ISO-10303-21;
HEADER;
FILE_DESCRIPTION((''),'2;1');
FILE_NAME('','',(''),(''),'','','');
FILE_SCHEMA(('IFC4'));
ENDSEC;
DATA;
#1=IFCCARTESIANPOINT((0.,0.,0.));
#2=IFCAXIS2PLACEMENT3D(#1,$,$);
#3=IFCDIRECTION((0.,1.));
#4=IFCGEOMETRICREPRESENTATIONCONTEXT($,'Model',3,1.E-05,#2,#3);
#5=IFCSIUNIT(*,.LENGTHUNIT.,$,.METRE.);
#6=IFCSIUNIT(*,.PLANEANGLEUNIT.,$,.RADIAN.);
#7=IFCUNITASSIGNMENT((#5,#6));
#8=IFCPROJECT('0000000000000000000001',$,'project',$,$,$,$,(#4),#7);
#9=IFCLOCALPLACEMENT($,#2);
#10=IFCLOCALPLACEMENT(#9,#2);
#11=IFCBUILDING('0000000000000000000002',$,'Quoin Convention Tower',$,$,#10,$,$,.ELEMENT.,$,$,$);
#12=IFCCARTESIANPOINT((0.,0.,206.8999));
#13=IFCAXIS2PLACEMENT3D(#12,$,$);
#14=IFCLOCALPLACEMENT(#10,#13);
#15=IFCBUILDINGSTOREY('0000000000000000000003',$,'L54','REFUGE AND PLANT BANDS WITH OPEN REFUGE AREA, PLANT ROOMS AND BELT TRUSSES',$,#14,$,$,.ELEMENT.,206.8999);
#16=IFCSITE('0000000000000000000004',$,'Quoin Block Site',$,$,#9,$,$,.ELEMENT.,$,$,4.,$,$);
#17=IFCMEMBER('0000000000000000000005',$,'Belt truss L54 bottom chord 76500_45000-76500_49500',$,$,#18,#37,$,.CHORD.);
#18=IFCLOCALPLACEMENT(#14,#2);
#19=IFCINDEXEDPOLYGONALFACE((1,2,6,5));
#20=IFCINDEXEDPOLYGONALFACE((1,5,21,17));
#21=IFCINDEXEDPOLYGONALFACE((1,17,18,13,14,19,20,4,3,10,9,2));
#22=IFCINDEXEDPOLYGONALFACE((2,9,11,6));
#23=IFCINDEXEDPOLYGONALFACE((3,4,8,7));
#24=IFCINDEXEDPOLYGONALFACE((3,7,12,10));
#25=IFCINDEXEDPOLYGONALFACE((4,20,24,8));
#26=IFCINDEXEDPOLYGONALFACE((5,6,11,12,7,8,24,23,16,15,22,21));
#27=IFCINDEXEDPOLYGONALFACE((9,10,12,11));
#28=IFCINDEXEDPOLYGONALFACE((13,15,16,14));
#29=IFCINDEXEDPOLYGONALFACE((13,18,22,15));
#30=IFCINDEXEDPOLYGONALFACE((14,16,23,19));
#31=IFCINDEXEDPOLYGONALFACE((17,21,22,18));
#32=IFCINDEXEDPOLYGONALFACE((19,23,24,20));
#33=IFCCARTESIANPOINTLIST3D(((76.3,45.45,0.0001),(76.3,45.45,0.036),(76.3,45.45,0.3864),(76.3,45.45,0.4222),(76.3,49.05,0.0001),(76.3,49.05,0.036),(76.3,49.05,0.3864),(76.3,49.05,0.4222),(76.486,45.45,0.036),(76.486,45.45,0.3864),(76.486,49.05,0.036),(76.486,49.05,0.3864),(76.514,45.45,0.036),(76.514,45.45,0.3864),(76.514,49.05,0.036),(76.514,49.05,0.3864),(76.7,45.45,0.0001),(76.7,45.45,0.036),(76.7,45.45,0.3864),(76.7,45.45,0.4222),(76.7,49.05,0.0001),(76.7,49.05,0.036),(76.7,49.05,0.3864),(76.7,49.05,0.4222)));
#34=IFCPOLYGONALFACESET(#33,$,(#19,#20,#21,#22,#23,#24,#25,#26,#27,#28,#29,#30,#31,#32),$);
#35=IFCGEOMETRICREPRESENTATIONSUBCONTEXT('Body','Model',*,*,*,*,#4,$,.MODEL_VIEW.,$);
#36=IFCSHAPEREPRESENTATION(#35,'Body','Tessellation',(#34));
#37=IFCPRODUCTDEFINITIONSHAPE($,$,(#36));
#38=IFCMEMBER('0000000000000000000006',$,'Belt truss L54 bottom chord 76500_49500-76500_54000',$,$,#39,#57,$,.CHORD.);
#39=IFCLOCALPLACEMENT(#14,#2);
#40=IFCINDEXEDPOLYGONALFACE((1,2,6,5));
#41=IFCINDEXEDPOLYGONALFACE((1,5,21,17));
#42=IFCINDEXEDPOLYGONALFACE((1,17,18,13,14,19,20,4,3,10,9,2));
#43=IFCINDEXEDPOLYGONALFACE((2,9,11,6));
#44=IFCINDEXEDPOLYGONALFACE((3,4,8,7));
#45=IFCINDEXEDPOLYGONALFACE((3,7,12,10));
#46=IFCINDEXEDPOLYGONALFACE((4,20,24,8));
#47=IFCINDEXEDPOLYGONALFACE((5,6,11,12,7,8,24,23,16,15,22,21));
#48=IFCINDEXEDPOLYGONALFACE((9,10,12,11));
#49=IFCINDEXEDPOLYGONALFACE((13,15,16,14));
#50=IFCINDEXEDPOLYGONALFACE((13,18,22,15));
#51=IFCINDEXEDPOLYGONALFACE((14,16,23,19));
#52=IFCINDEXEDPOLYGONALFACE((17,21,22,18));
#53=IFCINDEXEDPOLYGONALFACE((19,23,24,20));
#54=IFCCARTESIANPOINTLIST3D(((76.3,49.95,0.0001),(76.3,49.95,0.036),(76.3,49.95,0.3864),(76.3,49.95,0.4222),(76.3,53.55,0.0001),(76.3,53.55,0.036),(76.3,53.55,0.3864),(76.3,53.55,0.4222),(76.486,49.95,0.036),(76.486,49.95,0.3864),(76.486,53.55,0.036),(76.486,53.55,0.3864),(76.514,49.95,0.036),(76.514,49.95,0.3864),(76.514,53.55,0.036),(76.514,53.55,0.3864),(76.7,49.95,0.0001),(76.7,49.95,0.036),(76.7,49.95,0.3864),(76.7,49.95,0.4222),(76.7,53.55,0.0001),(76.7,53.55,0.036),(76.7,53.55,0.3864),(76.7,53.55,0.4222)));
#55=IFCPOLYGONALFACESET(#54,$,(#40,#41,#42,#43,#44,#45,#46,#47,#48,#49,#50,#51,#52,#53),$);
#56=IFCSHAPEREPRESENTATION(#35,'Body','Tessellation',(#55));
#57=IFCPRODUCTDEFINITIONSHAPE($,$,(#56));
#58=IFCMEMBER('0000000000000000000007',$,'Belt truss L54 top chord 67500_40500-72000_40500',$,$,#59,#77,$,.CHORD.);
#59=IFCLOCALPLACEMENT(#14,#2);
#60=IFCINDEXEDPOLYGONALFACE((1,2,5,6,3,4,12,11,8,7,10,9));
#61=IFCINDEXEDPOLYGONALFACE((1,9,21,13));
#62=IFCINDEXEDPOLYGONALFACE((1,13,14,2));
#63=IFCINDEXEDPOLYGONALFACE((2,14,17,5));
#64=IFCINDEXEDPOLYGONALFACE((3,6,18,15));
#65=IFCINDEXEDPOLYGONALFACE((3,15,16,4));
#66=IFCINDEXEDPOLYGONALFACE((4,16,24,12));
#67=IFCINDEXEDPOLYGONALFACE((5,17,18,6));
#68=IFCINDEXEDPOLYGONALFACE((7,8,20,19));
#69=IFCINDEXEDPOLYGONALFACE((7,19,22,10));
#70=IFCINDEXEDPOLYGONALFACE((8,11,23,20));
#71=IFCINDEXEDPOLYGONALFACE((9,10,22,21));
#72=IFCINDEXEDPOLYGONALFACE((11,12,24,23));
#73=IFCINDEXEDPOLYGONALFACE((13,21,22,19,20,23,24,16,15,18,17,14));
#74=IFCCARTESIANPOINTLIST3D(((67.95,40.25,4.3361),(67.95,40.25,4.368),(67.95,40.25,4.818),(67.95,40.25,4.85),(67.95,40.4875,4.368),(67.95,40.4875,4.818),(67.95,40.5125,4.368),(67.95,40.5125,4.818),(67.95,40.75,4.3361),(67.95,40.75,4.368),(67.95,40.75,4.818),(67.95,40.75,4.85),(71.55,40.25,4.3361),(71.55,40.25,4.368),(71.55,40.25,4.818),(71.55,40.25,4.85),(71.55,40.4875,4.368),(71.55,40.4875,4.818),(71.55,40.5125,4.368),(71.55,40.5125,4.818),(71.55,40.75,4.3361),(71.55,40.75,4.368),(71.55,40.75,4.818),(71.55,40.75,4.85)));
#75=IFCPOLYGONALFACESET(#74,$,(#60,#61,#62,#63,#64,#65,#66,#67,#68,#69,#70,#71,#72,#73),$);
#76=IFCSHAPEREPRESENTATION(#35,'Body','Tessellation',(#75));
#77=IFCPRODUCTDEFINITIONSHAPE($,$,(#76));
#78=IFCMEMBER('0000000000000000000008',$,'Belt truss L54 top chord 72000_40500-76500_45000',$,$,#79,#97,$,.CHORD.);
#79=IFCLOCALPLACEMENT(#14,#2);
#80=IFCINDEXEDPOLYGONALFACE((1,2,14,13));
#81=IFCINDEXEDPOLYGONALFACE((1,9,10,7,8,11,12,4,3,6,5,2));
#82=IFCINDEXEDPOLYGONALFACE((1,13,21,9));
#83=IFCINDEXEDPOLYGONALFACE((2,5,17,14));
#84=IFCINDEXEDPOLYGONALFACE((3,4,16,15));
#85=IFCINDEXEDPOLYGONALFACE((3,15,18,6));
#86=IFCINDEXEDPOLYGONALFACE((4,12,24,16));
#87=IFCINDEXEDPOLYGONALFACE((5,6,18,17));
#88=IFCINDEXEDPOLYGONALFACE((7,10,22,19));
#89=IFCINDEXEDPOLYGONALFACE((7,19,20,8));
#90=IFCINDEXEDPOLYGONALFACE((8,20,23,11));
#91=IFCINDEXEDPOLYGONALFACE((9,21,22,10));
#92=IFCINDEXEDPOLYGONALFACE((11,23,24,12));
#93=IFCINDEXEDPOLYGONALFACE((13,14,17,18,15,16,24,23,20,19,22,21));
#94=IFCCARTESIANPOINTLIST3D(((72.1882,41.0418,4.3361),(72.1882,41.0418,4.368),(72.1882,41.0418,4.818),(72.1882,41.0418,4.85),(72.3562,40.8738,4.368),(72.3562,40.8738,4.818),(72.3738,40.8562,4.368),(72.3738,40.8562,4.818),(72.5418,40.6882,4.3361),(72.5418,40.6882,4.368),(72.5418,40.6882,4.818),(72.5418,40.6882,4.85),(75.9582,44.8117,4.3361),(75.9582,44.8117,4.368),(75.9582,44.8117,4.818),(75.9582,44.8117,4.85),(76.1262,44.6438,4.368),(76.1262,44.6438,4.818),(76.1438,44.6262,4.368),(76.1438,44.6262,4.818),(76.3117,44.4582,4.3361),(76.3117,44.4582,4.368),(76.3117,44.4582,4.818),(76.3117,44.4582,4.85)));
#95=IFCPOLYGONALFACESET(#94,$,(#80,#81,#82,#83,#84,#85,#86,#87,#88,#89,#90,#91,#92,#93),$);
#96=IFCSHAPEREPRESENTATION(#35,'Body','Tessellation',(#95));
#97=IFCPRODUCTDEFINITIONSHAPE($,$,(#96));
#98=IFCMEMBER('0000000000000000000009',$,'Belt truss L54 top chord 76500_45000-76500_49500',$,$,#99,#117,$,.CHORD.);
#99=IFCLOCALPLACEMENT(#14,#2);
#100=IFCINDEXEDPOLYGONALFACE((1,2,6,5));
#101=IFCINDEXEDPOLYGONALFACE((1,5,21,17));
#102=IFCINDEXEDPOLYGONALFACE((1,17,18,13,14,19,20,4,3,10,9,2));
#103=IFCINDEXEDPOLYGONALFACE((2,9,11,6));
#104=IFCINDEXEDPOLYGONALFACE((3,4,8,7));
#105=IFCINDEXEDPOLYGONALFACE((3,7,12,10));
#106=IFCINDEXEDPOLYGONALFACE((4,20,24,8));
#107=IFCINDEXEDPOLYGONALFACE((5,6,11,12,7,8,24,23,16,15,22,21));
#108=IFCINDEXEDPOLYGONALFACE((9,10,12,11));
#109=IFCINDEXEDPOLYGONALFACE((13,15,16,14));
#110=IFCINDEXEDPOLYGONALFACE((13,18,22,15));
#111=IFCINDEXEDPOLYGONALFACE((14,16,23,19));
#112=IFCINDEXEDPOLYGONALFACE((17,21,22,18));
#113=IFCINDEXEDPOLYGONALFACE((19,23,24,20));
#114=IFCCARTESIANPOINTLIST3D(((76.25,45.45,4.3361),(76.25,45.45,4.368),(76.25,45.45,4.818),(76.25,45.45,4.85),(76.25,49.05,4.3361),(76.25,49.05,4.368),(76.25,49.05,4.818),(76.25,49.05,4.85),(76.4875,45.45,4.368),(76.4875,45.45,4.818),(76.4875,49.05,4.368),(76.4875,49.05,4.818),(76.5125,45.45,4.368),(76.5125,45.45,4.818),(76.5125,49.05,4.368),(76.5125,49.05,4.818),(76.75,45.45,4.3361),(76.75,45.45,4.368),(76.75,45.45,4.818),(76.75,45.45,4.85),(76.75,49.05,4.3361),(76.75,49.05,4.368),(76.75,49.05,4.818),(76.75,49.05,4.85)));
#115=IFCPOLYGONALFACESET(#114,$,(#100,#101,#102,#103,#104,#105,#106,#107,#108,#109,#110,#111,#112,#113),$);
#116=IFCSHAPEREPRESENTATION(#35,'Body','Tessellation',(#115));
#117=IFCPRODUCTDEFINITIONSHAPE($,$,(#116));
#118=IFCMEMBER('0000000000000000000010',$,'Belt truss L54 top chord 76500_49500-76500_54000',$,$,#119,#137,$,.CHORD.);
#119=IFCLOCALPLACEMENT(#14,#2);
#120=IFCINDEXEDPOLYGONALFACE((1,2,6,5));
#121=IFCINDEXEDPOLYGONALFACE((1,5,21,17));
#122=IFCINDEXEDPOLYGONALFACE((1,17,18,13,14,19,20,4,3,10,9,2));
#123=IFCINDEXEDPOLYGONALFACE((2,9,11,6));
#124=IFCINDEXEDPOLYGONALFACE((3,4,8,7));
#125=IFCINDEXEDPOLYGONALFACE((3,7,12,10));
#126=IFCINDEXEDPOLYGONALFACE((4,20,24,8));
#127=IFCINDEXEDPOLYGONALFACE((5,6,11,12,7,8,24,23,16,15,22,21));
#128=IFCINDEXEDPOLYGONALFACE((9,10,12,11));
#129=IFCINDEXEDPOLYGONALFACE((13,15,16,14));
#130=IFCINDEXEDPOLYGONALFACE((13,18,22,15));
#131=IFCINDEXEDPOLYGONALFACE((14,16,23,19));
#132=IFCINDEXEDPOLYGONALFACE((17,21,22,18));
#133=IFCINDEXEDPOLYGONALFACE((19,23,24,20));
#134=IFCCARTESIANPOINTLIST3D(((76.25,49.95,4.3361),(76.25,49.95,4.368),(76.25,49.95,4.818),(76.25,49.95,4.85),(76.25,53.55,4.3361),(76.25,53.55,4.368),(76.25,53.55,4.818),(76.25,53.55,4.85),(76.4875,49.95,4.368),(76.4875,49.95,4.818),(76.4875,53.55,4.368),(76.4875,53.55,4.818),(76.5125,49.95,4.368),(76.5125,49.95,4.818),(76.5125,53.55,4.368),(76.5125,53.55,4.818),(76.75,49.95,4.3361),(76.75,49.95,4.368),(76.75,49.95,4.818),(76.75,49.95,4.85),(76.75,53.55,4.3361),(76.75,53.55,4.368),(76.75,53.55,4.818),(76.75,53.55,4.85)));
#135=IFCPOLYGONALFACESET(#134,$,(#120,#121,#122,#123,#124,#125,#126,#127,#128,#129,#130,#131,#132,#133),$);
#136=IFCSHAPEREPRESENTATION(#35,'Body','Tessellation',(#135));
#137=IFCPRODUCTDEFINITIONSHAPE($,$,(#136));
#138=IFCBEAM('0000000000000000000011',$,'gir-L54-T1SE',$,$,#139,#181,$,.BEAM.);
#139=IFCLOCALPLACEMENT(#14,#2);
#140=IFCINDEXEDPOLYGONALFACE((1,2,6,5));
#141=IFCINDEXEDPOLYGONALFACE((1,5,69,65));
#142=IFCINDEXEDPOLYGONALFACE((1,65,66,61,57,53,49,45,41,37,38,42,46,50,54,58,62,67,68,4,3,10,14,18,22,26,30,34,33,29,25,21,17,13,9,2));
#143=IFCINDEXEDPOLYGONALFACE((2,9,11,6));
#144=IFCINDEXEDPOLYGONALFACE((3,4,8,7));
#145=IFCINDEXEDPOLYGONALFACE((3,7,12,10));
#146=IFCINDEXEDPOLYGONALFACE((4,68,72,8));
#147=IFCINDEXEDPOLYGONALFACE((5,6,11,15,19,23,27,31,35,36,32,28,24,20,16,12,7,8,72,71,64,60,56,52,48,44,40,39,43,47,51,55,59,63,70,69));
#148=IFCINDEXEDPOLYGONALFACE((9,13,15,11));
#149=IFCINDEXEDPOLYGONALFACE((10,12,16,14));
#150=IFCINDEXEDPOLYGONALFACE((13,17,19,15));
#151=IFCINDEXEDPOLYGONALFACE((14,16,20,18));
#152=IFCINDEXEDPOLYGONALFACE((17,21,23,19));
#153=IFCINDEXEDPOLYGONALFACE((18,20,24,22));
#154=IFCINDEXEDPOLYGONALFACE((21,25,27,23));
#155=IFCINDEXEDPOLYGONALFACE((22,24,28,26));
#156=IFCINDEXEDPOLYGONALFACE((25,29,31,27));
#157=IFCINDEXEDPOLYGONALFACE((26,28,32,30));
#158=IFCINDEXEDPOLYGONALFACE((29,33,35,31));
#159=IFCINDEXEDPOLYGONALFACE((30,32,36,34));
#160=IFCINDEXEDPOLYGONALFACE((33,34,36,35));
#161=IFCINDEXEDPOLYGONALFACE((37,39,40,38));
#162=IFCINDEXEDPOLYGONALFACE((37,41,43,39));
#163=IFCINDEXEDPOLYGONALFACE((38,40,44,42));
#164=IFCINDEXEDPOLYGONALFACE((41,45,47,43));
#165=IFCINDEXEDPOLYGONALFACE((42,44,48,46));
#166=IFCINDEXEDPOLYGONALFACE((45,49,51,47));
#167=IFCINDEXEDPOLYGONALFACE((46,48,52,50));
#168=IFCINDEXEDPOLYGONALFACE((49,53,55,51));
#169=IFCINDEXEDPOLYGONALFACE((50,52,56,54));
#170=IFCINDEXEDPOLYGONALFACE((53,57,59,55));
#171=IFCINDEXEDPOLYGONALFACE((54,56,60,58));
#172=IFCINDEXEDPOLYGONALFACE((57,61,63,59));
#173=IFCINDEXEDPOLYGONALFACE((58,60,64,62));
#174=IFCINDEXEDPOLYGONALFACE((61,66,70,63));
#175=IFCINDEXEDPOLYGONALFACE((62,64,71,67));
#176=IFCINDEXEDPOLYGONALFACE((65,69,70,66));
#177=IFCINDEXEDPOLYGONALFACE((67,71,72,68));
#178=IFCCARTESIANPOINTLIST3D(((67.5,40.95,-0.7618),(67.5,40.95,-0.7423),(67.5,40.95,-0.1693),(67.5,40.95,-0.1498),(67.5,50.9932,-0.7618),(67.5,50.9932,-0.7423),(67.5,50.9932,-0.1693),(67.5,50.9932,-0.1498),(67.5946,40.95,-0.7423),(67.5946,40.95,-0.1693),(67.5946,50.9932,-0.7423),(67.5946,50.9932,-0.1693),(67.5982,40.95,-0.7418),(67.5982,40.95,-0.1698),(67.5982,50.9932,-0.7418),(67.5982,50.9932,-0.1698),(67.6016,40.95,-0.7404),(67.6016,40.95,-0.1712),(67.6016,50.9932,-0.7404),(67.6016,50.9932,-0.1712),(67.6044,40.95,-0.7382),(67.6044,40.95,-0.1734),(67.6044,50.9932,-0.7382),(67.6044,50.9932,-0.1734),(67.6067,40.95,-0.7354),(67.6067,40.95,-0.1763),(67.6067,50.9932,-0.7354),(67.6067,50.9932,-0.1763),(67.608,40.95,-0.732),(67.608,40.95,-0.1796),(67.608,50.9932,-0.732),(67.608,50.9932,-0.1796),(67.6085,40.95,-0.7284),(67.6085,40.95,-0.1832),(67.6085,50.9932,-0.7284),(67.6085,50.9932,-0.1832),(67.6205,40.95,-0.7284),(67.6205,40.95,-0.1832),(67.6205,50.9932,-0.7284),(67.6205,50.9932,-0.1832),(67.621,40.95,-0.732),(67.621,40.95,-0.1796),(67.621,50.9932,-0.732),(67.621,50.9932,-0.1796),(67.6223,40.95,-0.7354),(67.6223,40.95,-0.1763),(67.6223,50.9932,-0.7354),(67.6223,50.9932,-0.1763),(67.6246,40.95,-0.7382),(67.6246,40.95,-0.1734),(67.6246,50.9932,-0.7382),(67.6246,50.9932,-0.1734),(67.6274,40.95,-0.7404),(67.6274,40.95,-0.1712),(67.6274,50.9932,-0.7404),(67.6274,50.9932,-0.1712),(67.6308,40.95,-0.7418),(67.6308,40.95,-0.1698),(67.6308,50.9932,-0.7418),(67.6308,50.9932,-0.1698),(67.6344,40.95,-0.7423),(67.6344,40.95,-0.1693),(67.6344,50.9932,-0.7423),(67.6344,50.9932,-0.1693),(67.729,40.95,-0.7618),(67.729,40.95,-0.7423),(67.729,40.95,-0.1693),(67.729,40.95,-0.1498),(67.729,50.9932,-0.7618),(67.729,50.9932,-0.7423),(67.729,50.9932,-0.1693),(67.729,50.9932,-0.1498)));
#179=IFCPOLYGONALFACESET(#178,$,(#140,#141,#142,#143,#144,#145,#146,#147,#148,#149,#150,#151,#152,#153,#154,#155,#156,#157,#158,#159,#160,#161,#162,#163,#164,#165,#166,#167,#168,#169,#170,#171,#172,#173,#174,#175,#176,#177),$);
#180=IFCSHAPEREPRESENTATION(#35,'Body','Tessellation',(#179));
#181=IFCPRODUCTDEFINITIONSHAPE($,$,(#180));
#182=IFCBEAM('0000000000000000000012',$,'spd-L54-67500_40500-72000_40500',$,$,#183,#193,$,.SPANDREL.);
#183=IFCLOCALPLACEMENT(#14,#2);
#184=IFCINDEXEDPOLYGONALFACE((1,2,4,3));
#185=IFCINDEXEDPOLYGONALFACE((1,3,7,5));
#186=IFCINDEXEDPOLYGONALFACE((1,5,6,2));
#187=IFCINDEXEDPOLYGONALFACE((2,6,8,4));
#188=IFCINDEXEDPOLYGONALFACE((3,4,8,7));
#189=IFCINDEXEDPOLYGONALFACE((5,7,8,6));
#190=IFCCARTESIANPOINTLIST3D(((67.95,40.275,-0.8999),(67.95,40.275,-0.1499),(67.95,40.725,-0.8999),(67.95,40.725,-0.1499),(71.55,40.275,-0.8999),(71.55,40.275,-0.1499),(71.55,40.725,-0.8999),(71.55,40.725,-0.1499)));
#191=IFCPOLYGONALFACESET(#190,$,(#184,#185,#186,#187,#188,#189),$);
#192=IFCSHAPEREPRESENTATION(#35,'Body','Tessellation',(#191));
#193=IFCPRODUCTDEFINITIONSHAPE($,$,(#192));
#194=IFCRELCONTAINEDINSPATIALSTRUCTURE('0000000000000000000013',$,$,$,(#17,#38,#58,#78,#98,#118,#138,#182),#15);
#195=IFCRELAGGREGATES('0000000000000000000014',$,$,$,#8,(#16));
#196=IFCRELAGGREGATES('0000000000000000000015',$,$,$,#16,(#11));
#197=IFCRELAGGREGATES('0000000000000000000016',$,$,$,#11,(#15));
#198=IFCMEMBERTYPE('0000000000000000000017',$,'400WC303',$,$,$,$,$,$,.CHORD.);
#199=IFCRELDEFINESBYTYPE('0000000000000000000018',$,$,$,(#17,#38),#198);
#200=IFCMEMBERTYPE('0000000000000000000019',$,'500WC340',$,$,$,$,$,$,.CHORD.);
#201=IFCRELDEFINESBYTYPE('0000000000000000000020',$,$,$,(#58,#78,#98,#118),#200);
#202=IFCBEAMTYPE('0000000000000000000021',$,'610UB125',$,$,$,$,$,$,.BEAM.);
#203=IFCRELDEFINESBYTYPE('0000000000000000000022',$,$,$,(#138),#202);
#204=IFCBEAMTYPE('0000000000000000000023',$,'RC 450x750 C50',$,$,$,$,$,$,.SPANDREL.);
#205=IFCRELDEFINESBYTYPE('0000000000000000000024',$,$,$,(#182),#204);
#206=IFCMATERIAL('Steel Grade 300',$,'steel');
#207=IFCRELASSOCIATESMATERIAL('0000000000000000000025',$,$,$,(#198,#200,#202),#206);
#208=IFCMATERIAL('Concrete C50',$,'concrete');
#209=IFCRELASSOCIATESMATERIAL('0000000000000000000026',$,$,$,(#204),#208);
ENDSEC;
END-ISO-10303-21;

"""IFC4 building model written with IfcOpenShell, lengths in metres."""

from ifc_helpers import new_model, si_unit, direction, frame, origin, origin_2d, place, context, subcontext, project, spatial, rectangle, i_section, extrude, material, material_profile, profile_set, type_object, element, save


model = new_model("IFC4")

# Units and contexts
model_context = context("Model", 3, precision=1e-05, world=origin(), true_north=direction((0.0, 1.0)))
body_context = subcontext(model_context, "Body", "Model", "MODEL_VIEW")
ifc_project = project(units=[si_unit("LENGTHUNIT", "METRE"), si_unit("PLANEANGLEUNIT", "RADIAN")], contexts=[model_context])

# Site, building, storey
site_placement = place(None, origin())
site = spatial("IfcSite", under=ifc_project, at=site_placement, Name="Quoin Block Site", CompositionType="ELEMENT", RefElevation=4.0)
building_placement = place(site_placement, origin())
building = spatial("IfcBuilding", under=site, at=building_placement, Name="Quoin Convention Tower", CompositionType="ELEMENT")
storey_placement = place(building_placement, frame((0.0, 0.0, 206.8999)))
storey = spatial("IfcBuildingStorey", under=building, at=storey_placement, Name="L54", Description="REFUGE AND PLANT BANDS WITH OPEN REFUGE AREA, PLANT ROOMS AND BELT TRUSSES", CompositionType="ELEMENT", Elevation=206.8999)

# Shared definitions
ifc_material_1 = material(Name="Concrete C50", Category="concrete")

# Members
ifc_material_2 = material(Name="Steel Grade 300", Category="steel")
ifc_material_profile_1 = material_profile(ifc_material_2, i_section(OverallWidth=0.3999, OverallDepth=0.4221, WebThickness=0.0281, FlangeThickness=0.0359, at=origin_2d()), Name="400WC303")
ifc_profile_set_1 = profile_set([ifc_material_profile_1], Name="Steel Grade 300")
member_type_1 = type_object("IfcMemberType", Name="400WC303", PredefinedType="CHORD", material=ifc_profile_set_1)
for number, where, z_axis, x_axis, name in (
    (1, (76.5, 45.45, 0.2112), (0.0, 1.0, 0.0), (-1.0, 0.0, 0.0), "Belt truss L54 bottom chord 76500_45000-76500_49500"),
    (2, (76.5, 49.95, 0.2112), (0.0, 1.0, 0.0), (-1.0, 0.0, 0.0), "Belt truss L54 bottom chord 76500_49500-76500_54000"),
):
    element("IfcMember", number, at=place(storey_placement, frame(where, z_axis=z_axis, x_axis=x_axis)), inside=storey, type_object=member_type_1, Name=name, PredefinedType="CHORD", context=body_context, shape_type="SweptSolid", body=[
        extrude(i_section(OverallWidth=0.3999, OverallDepth=0.4221, WebThickness=0.0281, FlangeThickness=0.0359, at=origin_2d()), origin(), (0.0, 0.0, 1.0), 3.6001),
    ])
ifc_material_profile_2 = material_profile(ifc_material_2, i_section(OverallWidth=0.5, OverallDepth=0.5139, WebThickness=0.0249, FlangeThickness=0.032, at=origin_2d()), Name="500WC340")
ifc_profile_set_2 = profile_set([ifc_material_profile_2], Name="Steel Grade 300")
member_type_2 = type_object("IfcMemberType", Name="500WC340", PredefinedType="CHORD", material=ifc_profile_set_2)
member_1_placement = place(storey_placement, frame((67.95, 40.5, 4.593), z_axis=(1.0, 0.0, 0.0), x_axis=(0.0, 1.0, 0.0)))
element("IfcMember", 3, at=member_1_placement, inside=storey, type_object=member_type_2, Name="Belt truss L54 top chord 67500_40500-72000_40500", PredefinedType="CHORD", context=body_context, shape_type="SweptSolid", body=[
    extrude(i_section(OverallWidth=0.5, OverallDepth=0.5139, WebThickness=0.0249, FlangeThickness=0.032, at=origin_2d()), origin(), (0.0, 0.0, 1.0), 3.6001),
])
member_2_placement = place(storey_placement, frame((72.365, 40.865, 4.593), z_axis=(0.707107, 0.707107, 0.0), x_axis=(-0.707107, 0.707107, 0.0)))
element("IfcMember", 4, at=member_2_placement, inside=storey, type_object=member_type_2, Name="Belt truss L54 top chord 72000_40500-76500_45000", PredefinedType="CHORD", context=body_context, shape_type="SweptSolid", body=[
    extrude(i_section(OverallWidth=0.5, OverallDepth=0.5139, WebThickness=0.0249, FlangeThickness=0.032, at=origin_2d()), origin(), (0.0, 0.0, 1.0), 5.3315),
])
for number, where, z_axis, x_axis, name in (
    (5, (76.5, 45.45, 4.593), (0.0, 1.0, 0.0), (-1.0, 0.0, 0.0), "Belt truss L54 top chord 76500_45000-76500_49500"),
    (6, (76.5, 49.95, 4.593), (0.0, 1.0, 0.0), (-1.0, 0.0, 0.0), "Belt truss L54 top chord 76500_49500-76500_54000"),
):
    element("IfcMember", number, at=place(storey_placement, frame(where, z_axis=z_axis, x_axis=x_axis)), inside=storey, type_object=member_type_2, Name=name, PredefinedType="CHORD", context=body_context, shape_type="SweptSolid", body=[
        extrude(i_section(OverallWidth=0.5, OverallDepth=0.5139, WebThickness=0.0249, FlangeThickness=0.032, at=origin_2d()), origin(), (0.0, 0.0, 1.0), 3.6001),
    ])

# Beams
ifc_material_profile_3 = material_profile(ifc_material_2, i_section(OverallWidth=0.229, OverallDepth=0.6121, WebThickness=0.012, FlangeThickness=0.0195, FilletRadius=0.0139, at=origin_2d()), Name="610UB125")
ifc_profile_set_3 = profile_set([ifc_material_profile_3], Name="Steel Grade 300")
beam_type_1 = type_object("IfcBeamType", Name="610UB125", PredefinedType="BEAM", material=ifc_profile_set_3)
beam_1_placement = place(storey_placement, frame((67.6145, 40.95, -0.4558), z_axis=(0.0, 1.0, 0.0), x_axis=(-1.0, 0.0, 0.0)))
element("IfcBeam", 7, at=beam_1_placement, inside=storey, type_object=beam_type_1, Name="gir-L54-T1SE", PredefinedType="BEAM", context=body_context, shape_type="SweptSolid", body=[
    extrude(i_section(OverallWidth=0.229, OverallDepth=0.6121, WebThickness=0.012, FlangeThickness=0.0195, FilletRadius=0.0139, at=origin_2d()), origin(), (0.0, 0.0, 1.0), 10.0432),
])
ifc_material_profile_4 = material_profile(ifc_material_1, rectangle(XDim=0.45, YDim=0.75, at=origin_2d()), Name="RC 450x750")
ifc_profile_set_4 = profile_set([ifc_material_profile_4], Name="Concrete C50")
beam_type_2 = type_object("IfcBeamType", Name="RC 450x750 C50", PredefinedType="SPANDREL", material=ifc_profile_set_4)
beam_2_placement = place(storey_placement, frame((67.95, 40.5, -0.5249), z_axis=(1.0, 0.0, 0.0), x_axis=(0.0, 1.0, 0.0)))
element("IfcBeam", 8, at=beam_2_placement, inside=storey, type_object=beam_type_2, Name="spd-L54-67500_40500-72000_40500", PredefinedType="SPANDREL", context=body_context, shape_type="SweptSolid", body=[
    extrude(rectangle(XDim=0.45, YDim=0.75, at=origin_2d()), origin(), (0.0, 0.0, 1.0), 3.6001),
])

save(model, "model.ifc")
